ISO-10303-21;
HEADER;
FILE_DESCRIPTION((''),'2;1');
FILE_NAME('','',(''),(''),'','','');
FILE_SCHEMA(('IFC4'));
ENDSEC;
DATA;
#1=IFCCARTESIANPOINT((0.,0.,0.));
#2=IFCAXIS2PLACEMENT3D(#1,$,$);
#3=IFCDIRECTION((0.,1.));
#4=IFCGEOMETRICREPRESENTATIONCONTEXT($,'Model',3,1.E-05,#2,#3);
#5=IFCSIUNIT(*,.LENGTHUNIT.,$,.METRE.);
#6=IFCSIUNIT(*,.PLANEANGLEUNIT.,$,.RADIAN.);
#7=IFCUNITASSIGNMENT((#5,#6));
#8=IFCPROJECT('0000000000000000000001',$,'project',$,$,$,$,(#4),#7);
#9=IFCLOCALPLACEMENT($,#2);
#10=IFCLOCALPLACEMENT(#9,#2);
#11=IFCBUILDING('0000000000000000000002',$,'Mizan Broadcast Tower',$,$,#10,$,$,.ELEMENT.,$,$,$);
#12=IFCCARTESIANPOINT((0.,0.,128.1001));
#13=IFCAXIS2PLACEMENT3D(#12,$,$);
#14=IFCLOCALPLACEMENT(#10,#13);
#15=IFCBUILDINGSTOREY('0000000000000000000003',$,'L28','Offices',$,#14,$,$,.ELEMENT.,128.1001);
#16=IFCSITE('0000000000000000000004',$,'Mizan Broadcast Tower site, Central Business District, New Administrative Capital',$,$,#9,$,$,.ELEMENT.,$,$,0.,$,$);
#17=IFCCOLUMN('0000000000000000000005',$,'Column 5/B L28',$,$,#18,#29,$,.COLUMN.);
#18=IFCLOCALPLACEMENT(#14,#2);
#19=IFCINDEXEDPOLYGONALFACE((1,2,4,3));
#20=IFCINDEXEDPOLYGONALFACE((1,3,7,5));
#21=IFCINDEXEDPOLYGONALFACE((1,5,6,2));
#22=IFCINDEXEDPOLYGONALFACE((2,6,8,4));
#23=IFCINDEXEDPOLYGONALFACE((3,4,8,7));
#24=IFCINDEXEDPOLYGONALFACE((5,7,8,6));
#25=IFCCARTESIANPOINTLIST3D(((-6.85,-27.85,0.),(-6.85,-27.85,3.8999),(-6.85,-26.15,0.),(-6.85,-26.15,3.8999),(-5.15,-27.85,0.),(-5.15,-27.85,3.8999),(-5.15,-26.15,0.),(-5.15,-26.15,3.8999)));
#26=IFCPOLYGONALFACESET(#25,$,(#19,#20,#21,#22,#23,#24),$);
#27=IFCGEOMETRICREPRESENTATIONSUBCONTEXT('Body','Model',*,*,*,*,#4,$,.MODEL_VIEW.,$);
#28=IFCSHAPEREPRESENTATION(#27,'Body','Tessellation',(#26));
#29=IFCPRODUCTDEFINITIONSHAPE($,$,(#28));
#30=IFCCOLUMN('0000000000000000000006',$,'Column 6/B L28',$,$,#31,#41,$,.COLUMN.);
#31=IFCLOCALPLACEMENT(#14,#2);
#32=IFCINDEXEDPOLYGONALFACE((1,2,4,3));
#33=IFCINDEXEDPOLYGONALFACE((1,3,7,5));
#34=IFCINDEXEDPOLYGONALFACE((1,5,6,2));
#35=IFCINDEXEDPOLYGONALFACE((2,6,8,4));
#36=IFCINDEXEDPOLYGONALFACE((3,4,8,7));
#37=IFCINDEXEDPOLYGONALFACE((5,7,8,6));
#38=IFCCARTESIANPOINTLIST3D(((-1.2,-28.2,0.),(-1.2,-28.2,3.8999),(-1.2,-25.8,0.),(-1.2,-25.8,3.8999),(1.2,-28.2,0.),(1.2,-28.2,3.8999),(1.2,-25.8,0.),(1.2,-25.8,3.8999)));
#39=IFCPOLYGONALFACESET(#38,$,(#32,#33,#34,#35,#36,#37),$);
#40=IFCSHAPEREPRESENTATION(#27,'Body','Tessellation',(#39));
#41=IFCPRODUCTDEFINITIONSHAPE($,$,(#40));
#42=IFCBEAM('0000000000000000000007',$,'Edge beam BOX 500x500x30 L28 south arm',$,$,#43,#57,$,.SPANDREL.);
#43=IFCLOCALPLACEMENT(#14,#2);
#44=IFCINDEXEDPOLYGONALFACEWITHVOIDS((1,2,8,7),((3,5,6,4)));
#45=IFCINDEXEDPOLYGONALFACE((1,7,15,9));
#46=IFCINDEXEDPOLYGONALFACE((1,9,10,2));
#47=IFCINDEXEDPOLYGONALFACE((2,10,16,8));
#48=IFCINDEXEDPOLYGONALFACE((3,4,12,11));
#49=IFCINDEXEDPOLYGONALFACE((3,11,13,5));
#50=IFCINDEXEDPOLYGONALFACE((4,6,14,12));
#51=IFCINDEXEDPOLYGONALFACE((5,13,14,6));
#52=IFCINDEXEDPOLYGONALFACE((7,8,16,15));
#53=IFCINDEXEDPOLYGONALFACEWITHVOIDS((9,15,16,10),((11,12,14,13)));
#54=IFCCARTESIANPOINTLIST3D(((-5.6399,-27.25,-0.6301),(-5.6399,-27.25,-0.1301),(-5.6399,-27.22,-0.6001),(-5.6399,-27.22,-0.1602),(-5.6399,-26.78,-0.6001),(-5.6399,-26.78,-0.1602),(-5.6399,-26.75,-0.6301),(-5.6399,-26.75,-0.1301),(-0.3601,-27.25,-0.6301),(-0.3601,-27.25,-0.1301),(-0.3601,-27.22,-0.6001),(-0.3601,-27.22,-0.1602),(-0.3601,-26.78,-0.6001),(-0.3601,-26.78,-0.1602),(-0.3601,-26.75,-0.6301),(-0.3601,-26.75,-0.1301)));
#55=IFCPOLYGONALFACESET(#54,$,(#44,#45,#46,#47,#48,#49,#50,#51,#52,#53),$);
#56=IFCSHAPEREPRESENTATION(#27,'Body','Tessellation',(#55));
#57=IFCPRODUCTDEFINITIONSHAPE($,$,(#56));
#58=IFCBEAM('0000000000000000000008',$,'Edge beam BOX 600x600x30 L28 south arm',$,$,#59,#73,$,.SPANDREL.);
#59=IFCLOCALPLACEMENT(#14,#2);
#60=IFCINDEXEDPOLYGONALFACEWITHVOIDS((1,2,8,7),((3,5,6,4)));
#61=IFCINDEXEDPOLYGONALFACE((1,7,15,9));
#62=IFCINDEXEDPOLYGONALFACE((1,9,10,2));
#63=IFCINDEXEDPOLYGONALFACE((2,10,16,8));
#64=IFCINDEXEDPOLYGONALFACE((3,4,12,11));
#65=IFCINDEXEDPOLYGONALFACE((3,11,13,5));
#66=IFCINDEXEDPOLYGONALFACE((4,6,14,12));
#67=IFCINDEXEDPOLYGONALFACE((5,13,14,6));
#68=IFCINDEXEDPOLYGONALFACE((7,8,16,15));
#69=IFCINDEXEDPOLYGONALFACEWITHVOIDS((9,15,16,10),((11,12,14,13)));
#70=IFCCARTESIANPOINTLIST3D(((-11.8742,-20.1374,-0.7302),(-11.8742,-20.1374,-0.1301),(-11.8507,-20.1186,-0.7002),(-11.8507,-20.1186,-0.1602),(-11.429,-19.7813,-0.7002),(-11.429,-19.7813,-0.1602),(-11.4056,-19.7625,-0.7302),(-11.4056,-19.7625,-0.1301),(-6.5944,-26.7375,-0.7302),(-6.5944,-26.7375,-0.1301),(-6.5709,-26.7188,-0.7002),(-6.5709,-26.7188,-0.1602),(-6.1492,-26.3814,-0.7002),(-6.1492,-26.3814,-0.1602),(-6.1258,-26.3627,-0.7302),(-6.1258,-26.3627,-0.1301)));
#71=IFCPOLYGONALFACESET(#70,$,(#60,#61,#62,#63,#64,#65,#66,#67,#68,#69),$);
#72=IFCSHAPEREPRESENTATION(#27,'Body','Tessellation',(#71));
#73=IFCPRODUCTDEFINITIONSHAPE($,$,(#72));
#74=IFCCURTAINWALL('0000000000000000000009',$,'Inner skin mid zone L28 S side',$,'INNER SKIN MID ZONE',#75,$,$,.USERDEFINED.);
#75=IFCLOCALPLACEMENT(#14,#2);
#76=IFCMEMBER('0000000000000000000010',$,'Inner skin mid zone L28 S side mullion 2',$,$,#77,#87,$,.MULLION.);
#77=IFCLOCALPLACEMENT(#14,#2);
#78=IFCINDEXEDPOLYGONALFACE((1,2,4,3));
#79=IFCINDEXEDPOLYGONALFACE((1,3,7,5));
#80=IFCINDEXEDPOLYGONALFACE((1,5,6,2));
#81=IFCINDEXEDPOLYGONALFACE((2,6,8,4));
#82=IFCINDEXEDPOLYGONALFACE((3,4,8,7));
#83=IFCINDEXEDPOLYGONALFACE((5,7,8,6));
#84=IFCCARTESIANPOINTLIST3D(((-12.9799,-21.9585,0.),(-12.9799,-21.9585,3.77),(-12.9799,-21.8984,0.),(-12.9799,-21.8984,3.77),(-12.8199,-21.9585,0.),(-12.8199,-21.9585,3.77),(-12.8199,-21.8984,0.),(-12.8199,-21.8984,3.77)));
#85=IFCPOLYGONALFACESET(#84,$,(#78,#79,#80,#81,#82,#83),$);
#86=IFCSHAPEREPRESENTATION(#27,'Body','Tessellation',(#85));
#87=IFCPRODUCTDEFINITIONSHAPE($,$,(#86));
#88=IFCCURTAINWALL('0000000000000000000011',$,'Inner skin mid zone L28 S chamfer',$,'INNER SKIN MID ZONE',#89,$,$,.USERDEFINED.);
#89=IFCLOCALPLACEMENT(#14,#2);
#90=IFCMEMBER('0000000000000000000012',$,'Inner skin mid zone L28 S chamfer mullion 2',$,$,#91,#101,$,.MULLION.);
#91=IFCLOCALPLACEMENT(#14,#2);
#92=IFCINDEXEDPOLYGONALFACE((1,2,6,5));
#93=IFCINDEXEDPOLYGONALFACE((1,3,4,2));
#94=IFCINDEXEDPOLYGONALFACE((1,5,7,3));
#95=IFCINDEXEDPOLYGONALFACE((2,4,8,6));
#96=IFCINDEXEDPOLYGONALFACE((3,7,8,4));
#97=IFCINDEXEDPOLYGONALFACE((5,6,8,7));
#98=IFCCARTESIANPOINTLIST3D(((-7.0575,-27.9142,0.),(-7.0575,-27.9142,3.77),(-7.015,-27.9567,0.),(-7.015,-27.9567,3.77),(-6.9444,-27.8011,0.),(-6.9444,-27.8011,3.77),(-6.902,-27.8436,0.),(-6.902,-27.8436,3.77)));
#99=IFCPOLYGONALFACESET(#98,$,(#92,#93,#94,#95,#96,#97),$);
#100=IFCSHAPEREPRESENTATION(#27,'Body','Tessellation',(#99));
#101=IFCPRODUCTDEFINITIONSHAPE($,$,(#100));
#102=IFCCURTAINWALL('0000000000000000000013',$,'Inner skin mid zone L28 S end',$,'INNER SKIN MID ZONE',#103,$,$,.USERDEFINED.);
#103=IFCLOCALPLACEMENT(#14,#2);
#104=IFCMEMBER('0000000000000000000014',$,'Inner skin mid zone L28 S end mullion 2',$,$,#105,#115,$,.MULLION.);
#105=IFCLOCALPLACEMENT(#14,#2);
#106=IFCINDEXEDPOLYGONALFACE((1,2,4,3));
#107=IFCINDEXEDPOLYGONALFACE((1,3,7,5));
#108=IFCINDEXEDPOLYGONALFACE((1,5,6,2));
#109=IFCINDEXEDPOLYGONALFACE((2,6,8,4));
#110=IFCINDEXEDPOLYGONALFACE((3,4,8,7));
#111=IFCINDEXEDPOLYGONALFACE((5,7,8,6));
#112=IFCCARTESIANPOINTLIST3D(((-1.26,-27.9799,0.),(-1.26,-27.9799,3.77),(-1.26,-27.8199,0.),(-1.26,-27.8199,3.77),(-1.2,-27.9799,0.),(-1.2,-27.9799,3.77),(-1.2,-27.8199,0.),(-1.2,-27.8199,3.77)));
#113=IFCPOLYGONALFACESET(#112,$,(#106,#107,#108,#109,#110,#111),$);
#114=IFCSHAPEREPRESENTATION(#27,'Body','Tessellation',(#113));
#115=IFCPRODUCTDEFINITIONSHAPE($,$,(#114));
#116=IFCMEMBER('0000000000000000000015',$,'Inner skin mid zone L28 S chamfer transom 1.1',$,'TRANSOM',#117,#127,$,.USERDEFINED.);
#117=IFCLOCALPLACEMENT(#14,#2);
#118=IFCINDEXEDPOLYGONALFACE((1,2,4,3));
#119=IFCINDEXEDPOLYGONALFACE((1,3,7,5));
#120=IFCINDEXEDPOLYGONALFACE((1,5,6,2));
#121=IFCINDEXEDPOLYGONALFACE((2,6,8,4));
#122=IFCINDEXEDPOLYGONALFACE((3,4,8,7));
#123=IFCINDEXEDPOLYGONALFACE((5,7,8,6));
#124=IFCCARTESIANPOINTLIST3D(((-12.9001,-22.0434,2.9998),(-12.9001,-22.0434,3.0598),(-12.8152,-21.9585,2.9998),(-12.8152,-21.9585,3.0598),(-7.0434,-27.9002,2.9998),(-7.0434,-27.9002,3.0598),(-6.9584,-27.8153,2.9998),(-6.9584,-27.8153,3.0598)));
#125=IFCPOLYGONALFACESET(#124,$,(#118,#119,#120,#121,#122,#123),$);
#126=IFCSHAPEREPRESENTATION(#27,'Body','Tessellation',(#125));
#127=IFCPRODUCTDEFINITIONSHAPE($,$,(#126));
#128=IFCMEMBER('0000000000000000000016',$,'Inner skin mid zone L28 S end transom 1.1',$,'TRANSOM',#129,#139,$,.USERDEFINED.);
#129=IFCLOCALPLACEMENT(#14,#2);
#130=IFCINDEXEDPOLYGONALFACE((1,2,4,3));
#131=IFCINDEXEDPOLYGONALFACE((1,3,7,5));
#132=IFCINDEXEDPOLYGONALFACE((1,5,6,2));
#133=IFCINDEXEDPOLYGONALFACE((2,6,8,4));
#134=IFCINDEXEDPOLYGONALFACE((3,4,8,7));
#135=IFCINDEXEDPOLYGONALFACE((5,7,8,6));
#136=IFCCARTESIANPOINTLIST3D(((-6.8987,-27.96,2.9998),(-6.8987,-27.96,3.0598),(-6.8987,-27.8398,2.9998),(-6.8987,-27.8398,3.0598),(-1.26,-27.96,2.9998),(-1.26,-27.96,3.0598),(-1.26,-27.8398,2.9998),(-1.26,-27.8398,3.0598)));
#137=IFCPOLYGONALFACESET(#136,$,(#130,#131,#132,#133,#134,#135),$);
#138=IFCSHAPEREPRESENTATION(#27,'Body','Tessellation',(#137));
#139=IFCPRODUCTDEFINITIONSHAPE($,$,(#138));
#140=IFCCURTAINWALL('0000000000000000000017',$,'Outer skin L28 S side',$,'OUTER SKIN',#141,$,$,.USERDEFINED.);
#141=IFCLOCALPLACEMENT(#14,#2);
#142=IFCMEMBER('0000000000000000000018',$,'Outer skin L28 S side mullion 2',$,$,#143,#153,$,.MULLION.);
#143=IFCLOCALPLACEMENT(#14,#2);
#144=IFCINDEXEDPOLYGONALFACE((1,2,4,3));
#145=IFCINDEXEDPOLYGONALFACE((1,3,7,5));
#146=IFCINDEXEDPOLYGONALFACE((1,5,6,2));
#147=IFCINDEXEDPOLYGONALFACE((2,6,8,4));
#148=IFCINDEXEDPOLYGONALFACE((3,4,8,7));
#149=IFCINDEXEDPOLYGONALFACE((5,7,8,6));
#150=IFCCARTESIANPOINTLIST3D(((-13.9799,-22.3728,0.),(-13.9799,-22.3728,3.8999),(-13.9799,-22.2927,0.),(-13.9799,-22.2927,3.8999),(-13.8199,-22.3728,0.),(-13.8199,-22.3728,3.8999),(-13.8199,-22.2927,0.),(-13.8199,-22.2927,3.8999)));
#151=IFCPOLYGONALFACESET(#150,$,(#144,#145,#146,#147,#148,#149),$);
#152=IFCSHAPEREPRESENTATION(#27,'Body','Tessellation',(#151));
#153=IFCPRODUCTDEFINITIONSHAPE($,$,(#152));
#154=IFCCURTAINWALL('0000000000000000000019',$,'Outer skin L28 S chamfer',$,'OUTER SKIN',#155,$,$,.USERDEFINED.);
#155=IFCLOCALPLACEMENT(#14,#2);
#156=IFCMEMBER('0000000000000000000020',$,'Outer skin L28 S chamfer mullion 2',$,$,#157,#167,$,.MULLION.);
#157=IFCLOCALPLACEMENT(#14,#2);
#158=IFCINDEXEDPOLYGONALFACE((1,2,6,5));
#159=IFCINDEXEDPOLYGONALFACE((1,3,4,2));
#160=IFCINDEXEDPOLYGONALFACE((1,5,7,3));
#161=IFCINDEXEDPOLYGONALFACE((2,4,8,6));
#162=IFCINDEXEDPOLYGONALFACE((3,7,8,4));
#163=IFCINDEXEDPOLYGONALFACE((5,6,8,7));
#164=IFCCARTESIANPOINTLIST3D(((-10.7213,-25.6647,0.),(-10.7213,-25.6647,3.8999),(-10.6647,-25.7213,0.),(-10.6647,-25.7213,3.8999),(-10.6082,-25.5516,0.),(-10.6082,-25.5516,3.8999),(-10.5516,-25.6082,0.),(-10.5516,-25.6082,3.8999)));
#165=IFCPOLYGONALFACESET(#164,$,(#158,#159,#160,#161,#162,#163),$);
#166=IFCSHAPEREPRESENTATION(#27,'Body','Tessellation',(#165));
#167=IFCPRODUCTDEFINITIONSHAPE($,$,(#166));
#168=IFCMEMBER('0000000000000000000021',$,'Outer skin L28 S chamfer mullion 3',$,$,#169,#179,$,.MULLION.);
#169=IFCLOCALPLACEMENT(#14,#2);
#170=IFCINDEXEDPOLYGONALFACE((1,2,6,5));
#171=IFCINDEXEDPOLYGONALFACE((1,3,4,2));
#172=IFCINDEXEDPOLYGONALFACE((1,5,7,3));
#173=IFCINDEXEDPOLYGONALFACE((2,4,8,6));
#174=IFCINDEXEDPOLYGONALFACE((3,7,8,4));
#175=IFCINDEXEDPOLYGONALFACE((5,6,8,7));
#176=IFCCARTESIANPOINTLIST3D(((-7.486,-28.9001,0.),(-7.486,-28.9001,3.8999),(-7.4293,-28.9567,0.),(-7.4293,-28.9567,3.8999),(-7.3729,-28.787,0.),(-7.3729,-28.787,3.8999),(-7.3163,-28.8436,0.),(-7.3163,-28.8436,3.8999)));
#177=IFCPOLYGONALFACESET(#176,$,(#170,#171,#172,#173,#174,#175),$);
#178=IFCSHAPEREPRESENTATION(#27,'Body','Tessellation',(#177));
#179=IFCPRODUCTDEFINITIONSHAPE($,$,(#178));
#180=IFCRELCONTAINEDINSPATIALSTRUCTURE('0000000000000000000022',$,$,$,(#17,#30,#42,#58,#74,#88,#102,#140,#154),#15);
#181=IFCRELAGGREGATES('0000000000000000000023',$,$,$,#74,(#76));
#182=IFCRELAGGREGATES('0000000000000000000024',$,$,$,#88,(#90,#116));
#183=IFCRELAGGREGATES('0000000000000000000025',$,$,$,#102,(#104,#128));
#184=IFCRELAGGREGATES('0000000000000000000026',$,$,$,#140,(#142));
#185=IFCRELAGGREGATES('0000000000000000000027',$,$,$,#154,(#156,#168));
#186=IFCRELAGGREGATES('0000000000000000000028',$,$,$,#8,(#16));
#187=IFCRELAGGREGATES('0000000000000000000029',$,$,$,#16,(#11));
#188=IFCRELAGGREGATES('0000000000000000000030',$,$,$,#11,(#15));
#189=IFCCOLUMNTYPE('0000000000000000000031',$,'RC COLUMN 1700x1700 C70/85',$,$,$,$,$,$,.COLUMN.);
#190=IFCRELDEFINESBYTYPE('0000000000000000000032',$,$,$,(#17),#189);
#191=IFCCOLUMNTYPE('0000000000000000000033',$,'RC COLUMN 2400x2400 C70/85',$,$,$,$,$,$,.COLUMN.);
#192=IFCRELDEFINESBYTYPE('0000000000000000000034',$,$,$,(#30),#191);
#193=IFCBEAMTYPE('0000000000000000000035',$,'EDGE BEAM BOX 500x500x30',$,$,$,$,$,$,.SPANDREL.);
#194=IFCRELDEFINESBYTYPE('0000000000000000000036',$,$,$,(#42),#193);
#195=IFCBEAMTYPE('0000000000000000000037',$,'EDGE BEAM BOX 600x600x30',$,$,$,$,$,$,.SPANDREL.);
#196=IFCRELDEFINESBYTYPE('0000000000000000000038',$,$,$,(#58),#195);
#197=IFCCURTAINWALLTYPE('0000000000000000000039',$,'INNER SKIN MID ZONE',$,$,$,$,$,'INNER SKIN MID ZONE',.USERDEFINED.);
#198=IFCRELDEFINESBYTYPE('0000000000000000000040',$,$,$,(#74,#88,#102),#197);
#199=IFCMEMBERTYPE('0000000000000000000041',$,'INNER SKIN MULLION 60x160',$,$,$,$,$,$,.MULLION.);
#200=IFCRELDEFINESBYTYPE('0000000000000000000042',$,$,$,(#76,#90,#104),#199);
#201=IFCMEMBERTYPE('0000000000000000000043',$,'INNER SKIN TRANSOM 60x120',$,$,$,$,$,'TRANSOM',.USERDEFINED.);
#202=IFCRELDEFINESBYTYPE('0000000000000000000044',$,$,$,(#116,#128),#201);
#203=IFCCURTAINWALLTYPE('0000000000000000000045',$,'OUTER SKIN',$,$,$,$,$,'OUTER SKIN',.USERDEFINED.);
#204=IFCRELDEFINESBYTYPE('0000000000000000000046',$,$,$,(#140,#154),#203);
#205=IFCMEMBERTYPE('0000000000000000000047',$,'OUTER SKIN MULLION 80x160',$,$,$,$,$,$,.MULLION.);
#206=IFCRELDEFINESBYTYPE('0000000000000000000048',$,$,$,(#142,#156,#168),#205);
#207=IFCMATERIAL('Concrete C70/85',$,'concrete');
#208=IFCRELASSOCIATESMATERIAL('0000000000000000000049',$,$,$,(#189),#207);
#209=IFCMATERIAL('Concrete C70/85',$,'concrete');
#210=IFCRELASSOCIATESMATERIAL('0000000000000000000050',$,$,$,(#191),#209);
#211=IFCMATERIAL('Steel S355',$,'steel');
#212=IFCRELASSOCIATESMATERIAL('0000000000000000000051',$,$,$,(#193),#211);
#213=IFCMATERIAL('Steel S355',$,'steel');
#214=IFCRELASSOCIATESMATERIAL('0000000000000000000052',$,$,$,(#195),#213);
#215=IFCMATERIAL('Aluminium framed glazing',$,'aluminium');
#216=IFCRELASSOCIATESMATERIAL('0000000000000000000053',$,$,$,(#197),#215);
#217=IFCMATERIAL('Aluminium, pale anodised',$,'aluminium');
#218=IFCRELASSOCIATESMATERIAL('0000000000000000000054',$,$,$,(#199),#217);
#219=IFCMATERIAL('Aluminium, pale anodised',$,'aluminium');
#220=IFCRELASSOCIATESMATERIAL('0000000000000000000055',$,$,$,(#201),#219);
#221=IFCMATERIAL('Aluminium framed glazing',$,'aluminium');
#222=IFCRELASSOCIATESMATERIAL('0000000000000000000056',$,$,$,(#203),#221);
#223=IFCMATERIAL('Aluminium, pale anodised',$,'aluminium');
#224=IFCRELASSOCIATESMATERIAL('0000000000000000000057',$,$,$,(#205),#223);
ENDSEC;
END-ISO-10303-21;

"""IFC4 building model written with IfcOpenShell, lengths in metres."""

from ifc_helpers import new_model, si_unit, direction, frame, origin, origin_2d, place, context, subcontext, project, spatial, rectangle, hollow_rectangle, extrude, material, material_profile, profile_set, type_object, element, aggregate, save


model = new_model("IFC4")

# Units and contexts
model_context = context("Model", 3, precision=1e-05, world=origin(), true_north=direction((0.0, 1.0)))
body_context = subcontext(model_context, "Body", "Model", "MODEL_VIEW")
ifc_project = project(units=[si_unit("LENGTHUNIT", "METRE"), si_unit("PLANEANGLEUNIT", "RADIAN")], contexts=[model_context])

# Site, building, storey
site_placement = place(None, origin())
site = spatial("IfcSite", under=ifc_project, at=site_placement, Name="Mizan Broadcast Tower site, Central Business District, New Administrative Capital", CompositionType="ELEMENT", RefElevation=0.0)
building_placement = place(site_placement, origin())
building = spatial("IfcBuilding", under=site, at=building_placement, Name="Mizan Broadcast Tower", CompositionType="ELEMENT")
storey_placement = place(building_placement, frame((0.0, 0.0, 128.1001)))
storey = spatial("IfcBuildingStorey", under=building, at=storey_placement, Name="L28", Description="Offices", CompositionType="ELEMENT", Elevation=128.1001)

# Columns
ifc_material_1 = material(Name="Concrete C70/85", Category="concrete")
ifc_material_profile_1 = material_profile(ifc_material_1, rectangle(XDim=1.7, YDim=1.7, at=origin_2d()), Name="RC 1700x1700")
ifc_profile_set_1 = profile_set([ifc_material_profile_1], Name="Concrete C70/85")
column_type_1 = type_object("IfcColumnType", Name="RC COLUMN 1700x1700 C70/85", PredefinedType="COLUMN", material=ifc_profile_set_1)
column_1_placement = place(storey_placement, frame((-6.0, -27.0, 0.0), z_axis=(0.0, 0.0, 1.0), x_axis=(1.0, 0.0, 0.0)))
element("IfcColumn", 1, at=column_1_placement, inside=storey, type_object=column_type_1, Name="Column 5/B L28", PredefinedType="COLUMN", context=body_context, shape_type="SweptSolid", body=[
    extrude(rectangle(XDim=1.7, YDim=1.7, at=origin_2d()), origin(), (0.0, 0.0, 1.0), 3.8999),
])
ifc_material_2 = material(Name="Concrete C70/85", Category="concrete")
ifc_material_profile_2 = material_profile(ifc_material_2, rectangle(XDim=2.3999, YDim=2.3999, at=origin_2d()), Name="RC 2400x2400")
ifc_profile_set_2 = profile_set([ifc_material_profile_2], Name="Concrete C70/85")
column_type_2 = type_object("IfcColumnType", Name="RC COLUMN 2400x2400 C70/85", PredefinedType="COLUMN", material=ifc_profile_set_2)
column_2_placement = place(storey_placement, frame((0.0, -27.0, 0.0), z_axis=(0.0, 0.0, 1.0), x_axis=(1.0, 0.0, 0.0)))
element("IfcColumn", 2, at=column_2_placement, inside=storey, type_object=column_type_2, Name="Column 6/B L28", PredefinedType="COLUMN", context=body_context, shape_type="SweptSolid", body=[
    extrude(rectangle(XDim=2.3999, YDim=2.3999, at=origin_2d()), origin(), (0.0, 0.0, 1.0), 3.8999),
])

# Beams
ifc_material_3 = material(Name="Steel S355", Category="steel")
ifc_material_profile_3 = material_profile(ifc_material_3, hollow_rectangle(XDim=0.5, YDim=0.5, WallThickness=0.03, at=origin_2d()), Name="BOX 500x500x30")
ifc_profile_set_3 = profile_set([ifc_material_profile_3], Name="Steel S355")
beam_type_1 = type_object("IfcBeamType", Name="EDGE BEAM BOX 500x500x30", PredefinedType="SPANDREL", material=ifc_profile_set_3)
beam_1_placement = place(storey_placement, frame((-5.6399, -27.0, -0.3801), z_axis=(1.0, 0.0, 0.0), x_axis=(0.0, 1.0, 0.0)))
element("IfcBeam", 3, at=beam_1_placement, inside=storey, type_object=beam_type_1, Name="Edge beam BOX 500x500x30 L28 south arm", PredefinedType="SPANDREL", context=body_context, shape_type="SweptSolid", body=[
    extrude(hollow_rectangle(XDim=0.5, YDim=0.5, WallThickness=0.03, at=origin_2d()), origin(), (0.0, 0.0, 1.0), 5.2798),
])
ifc_material_4 = material(Name="Steel S355", Category="steel")
ifc_material_profile_4 = material_profile(ifc_material_4, hollow_rectangle(XDim=0.6001, YDim=0.6001, WallThickness=0.03, at=origin_2d()), Name="BOX 600x600x30")
ifc_profile_set_4 = profile_set([ifc_material_profile_4], Name="Steel S355")
beam_type_2 = type_object("IfcBeamType", Name="EDGE BEAM BOX 600x600x30", PredefinedType="SPANDREL", material=ifc_profile_set_4)
beam_2_placement = place(storey_placement, frame((-11.6399, -19.95, -0.4302), z_axis=(0.624674, -0.780886, 0.0), x_axis=(0.780886, 0.624674, 0.0)))
element("IfcBeam", 4, at=beam_2_placement, inside=storey, type_object=beam_type_2, Name="Edge beam BOX 600x600x30 L28 south arm", PredefinedType="SPANDREL", context=body_context, shape_type="SweptSolid", body=[
    extrude(hollow_rectangle(XDim=0.6001, YDim=0.6001, WallThickness=0.03, at=origin_2d()), origin(), (0.0, 0.0, 1.0), 8.4521),
])

# Curtain walls, members
ifc_material_5 = material(Name="Aluminium framed glazing", Category="aluminium")
curtain_wall_type_1 = type_object("IfcCurtainWallType", Name="INNER SKIN MID ZONE", ElementType="INNER SKIN MID ZONE", PredefinedType="USERDEFINED", material=ifc_material_5)
curtain_wall_1_placement = place(storey_placement, origin())
curtain_wall_1 = element("IfcCurtainWall", 5, at=curtain_wall_1_placement, inside=storey, type_object=curtain_wall_type_1, Name="Inner skin mid zone L28 S side", ObjectType="INNER SKIN MID ZONE", PredefinedType="USERDEFINED")
ifc_material_6 = material(Name="Aluminium, pale anodised", Category="aluminium")
ifc_material_profile_5 = material_profile(ifc_material_6, rectangle(XDim=0.1599, YDim=0.0601, at=origin_2d()), Name="MULLION 160x60")
ifc_profile_set_5 = profile_set([ifc_material_profile_5], Name="Aluminium, pale anodised")
member_type_1 = type_object("IfcMemberType", Name="INNER SKIN MULLION 60x160", PredefinedType="MULLION", material=ifc_profile_set_5)
member_1_placement = place(storey_placement, frame((-12.8999, -21.9285, 0.0), z_axis=(0.0, 0.0, 1.0), x_axis=(1.0, 0.0, 0.0)))
member_1 = element("IfcMember", 6, at=member_1_placement, type_object=member_type_1, Name="Inner skin mid zone L28 S side mullion 2", PredefinedType="MULLION", context=body_context, shape_type="SweptSolid", body=[
    extrude(rectangle(XDim=0.1599, YDim=0.0601, at=origin_2d()), origin(), (0.0, 0.0, 1.0), 3.77),
])
curtain_wall_2_placement = place(storey_placement, origin())
curtain_wall_2 = element("IfcCurtainWall", 7, at=curtain_wall_2_placement, inside=storey, type_object=curtain_wall_type_1, Name="Inner skin mid zone L28 S chamfer", ObjectType="INNER SKIN MID ZONE", PredefinedType="USERDEFINED")
member_2_placement = place(storey_placement, frame((-6.9797, -27.8789, 0.0), z_axis=(0.0, 0.0, 1.0), x_axis=(0.707107, 0.707107, 0.0)))
member_2 = element("IfcMember", 8, at=member_2_placement, type_object=member_type_1, Name="Inner skin mid zone L28 S chamfer mullion 2", PredefinedType="MULLION", context=body_context, shape_type="SweptSolid", body=[
    extrude(rectangle(XDim=0.1599, YDim=0.0601, at=origin_2d()), origin(), (0.0, 0.0, 1.0), 3.77),
])
curtain_wall_3_placement = place(storey_placement, origin())
curtain_wall_3 = element("IfcCurtainWall", 9, at=curtain_wall_3_placement, inside=storey, type_object=curtain_wall_type_1, Name="Inner skin mid zone L28 S end", ObjectType="INNER SKIN MID ZONE", PredefinedType="USERDEFINED")
member_3_placement = place(storey_placement, frame((-1.23, -27.8999, 0.0), z_axis=(0.0, 0.0, 1.0), x_axis=(0.0, 1.0, 0.0)))
member_3 = element("IfcMember", 10, at=member_3_placement, type_object=member_type_1, Name="Inner skin mid zone L28 S end mullion 2", PredefinedType="MULLION", context=body_context, shape_type="SweptSolid", body=[
    extrude(rectangle(XDim=0.1599, YDim=0.0601, at=origin_2d()), origin(), (0.0, 0.0, 1.0), 3.77),
])

# Members
ifc_material_7 = material(Name="Aluminium, pale anodised", Category="aluminium")
ifc_material_profile_6 = material_profile(ifc_material_7, rectangle(XDim=0.1201, YDim=0.0601, at=origin_2d()), Name="TRANSOM 120x60")
ifc_profile_set_6 = profile_set([ifc_material_profile_6], Name="Aluminium, pale anodised")
member_type_2 = type_object("IfcMemberType", Name="INNER SKIN TRANSOM 60x120", ElementType="TRANSOM", PredefinedType="USERDEFINED", material=ifc_profile_set_6)
member_4_placement = place(storey_placement, frame((-12.8577, -22.001, 3.0298), z_axis=(0.707107, -0.707107, 0.0), x_axis=(0.707107, 0.707107, 0.0)))
member_4 = element("IfcMember", 11, at=member_4_placement, type_object=member_type_2, Name="Inner skin mid zone L28 S chamfer transom 1.1", ObjectType="TRANSOM", PredefinedType="USERDEFINED", context=body_context, shape_type="SweptSolid", body=[
    extrude(rectangle(XDim=0.1201, YDim=0.0601, at=origin_2d()), origin(), (0.0, 0.0, 1.0), 8.2827),
])
member_5_placement = place(storey_placement, frame((-6.8987, -27.8999, 3.0298), z_axis=(1.0, 0.0, 0.0), x_axis=(0.0, 1.0, 0.0)))
member_5 = element("IfcMember", 12, at=member_5_placement, type_object=member_type_2, Name="Inner skin mid zone L28 S end transom 1.1", ObjectType="TRANSOM", PredefinedType="USERDEFINED", context=body_context, shape_type="SweptSolid", body=[
    extrude(rectangle(XDim=0.1201, YDim=0.0601, at=origin_2d()), origin(), (0.0, 0.0, 1.0), 5.6387),
])

# Curtain wall, member
ifc_material_8 = material(Name="Aluminium framed glazing", Category="aluminium")
curtain_wall_type_2 = type_object("IfcCurtainWallType", Name="OUTER SKIN", ElementType="OUTER SKIN", PredefinedType="USERDEFINED", material=ifc_material_8)
curtain_wall_4_placement = place(storey_placement, origin())
curtain_wall_4 = element("IfcCurtainWall", 13, at=curtain_wall_4_placement, inside=storey, type_object=curtain_wall_type_2, Name="Outer skin L28 S side", ObjectType="OUTER SKIN", PredefinedType="USERDEFINED")
ifc_material_9 = material(Name="Aluminium, pale anodised", Category="aluminium")
ifc_material_profile_7 = material_profile(ifc_material_9, rectangle(XDim=0.1599, YDim=0.0801, at=origin_2d()), Name="MULLION 160x80")
ifc_profile_set_7 = profile_set([ifc_material_profile_7], Name="Aluminium, pale anodised")
member_type_3 = type_object("IfcMemberType", Name="OUTER SKIN MULLION 80x160", PredefinedType="MULLION", material=ifc_profile_set_7)
member_6_placement = place(storey_placement, frame((-13.8999, -22.3328, 0.0), z_axis=(0.0, 0.0, 1.0), x_axis=(1.0, 0.0, 0.0)))
member_6 = element("IfcMember", 14, at=member_6_placement, type_object=member_type_3, Name="Outer skin L28 S side mullion 2", PredefinedType="MULLION", context=body_context, shape_type="SweptSolid", body=[
    extrude(rectangle(XDim=0.1599, YDim=0.0801, at=origin_2d()), origin(), (0.0, 0.0, 1.0), 3.8999),
])

# Curtain wall, members
curtain_wall_5_placement = place(storey_placement, origin())
curtain_wall_5 = element("IfcCurtainWall", 15, at=curtain_wall_5_placement, inside=storey, type_object=curtain_wall_type_2, Name="Outer skin L28 S chamfer", ObjectType="OUTER SKIN", PredefinedType="USERDEFINED")
member_7_placement = place(storey_placement, frame((-10.6365, -25.6365, 0.0), z_axis=(0.0, 0.0, 1.0), x_axis=(0.707107, 0.707107, 0.0)))
member_7 = element("IfcMember", 16, at=member_7_placement, type_object=member_type_3, Name="Outer skin L28 S chamfer mullion 2", PredefinedType="MULLION", context=body_context, shape_type="SweptSolid", body=[
    extrude(rectangle(XDim=0.1599, YDim=0.0801, at=origin_2d()), origin(), (0.0, 0.0, 1.0), 3.8999),
])
member_8_placement = place(storey_placement, frame((-7.4011, -28.8718, 0.0), z_axis=(0.0, 0.0, 1.0), x_axis=(0.707107, 0.707107, 0.0)))
member_8 = element("IfcMember", 17, at=member_8_placement, type_object=member_type_3, Name="Outer skin L28 S chamfer mullion 3", PredefinedType="MULLION", context=body_context, shape_type="SweptSolid", body=[
    extrude(rectangle(XDim=0.1599, YDim=0.0801, at=origin_2d()), origin(), (0.0, 0.0, 1.0), 3.8999),
])

aggregate(curtain_wall_1, [member_1])
aggregate(curtain_wall_2, [member_2, member_4])
aggregate(curtain_wall_3, [member_3, member_5])
aggregate(curtain_wall_4, [member_6])
aggregate(curtain_wall_5, [member_7, member_8])

save(model, "model.ifc")
